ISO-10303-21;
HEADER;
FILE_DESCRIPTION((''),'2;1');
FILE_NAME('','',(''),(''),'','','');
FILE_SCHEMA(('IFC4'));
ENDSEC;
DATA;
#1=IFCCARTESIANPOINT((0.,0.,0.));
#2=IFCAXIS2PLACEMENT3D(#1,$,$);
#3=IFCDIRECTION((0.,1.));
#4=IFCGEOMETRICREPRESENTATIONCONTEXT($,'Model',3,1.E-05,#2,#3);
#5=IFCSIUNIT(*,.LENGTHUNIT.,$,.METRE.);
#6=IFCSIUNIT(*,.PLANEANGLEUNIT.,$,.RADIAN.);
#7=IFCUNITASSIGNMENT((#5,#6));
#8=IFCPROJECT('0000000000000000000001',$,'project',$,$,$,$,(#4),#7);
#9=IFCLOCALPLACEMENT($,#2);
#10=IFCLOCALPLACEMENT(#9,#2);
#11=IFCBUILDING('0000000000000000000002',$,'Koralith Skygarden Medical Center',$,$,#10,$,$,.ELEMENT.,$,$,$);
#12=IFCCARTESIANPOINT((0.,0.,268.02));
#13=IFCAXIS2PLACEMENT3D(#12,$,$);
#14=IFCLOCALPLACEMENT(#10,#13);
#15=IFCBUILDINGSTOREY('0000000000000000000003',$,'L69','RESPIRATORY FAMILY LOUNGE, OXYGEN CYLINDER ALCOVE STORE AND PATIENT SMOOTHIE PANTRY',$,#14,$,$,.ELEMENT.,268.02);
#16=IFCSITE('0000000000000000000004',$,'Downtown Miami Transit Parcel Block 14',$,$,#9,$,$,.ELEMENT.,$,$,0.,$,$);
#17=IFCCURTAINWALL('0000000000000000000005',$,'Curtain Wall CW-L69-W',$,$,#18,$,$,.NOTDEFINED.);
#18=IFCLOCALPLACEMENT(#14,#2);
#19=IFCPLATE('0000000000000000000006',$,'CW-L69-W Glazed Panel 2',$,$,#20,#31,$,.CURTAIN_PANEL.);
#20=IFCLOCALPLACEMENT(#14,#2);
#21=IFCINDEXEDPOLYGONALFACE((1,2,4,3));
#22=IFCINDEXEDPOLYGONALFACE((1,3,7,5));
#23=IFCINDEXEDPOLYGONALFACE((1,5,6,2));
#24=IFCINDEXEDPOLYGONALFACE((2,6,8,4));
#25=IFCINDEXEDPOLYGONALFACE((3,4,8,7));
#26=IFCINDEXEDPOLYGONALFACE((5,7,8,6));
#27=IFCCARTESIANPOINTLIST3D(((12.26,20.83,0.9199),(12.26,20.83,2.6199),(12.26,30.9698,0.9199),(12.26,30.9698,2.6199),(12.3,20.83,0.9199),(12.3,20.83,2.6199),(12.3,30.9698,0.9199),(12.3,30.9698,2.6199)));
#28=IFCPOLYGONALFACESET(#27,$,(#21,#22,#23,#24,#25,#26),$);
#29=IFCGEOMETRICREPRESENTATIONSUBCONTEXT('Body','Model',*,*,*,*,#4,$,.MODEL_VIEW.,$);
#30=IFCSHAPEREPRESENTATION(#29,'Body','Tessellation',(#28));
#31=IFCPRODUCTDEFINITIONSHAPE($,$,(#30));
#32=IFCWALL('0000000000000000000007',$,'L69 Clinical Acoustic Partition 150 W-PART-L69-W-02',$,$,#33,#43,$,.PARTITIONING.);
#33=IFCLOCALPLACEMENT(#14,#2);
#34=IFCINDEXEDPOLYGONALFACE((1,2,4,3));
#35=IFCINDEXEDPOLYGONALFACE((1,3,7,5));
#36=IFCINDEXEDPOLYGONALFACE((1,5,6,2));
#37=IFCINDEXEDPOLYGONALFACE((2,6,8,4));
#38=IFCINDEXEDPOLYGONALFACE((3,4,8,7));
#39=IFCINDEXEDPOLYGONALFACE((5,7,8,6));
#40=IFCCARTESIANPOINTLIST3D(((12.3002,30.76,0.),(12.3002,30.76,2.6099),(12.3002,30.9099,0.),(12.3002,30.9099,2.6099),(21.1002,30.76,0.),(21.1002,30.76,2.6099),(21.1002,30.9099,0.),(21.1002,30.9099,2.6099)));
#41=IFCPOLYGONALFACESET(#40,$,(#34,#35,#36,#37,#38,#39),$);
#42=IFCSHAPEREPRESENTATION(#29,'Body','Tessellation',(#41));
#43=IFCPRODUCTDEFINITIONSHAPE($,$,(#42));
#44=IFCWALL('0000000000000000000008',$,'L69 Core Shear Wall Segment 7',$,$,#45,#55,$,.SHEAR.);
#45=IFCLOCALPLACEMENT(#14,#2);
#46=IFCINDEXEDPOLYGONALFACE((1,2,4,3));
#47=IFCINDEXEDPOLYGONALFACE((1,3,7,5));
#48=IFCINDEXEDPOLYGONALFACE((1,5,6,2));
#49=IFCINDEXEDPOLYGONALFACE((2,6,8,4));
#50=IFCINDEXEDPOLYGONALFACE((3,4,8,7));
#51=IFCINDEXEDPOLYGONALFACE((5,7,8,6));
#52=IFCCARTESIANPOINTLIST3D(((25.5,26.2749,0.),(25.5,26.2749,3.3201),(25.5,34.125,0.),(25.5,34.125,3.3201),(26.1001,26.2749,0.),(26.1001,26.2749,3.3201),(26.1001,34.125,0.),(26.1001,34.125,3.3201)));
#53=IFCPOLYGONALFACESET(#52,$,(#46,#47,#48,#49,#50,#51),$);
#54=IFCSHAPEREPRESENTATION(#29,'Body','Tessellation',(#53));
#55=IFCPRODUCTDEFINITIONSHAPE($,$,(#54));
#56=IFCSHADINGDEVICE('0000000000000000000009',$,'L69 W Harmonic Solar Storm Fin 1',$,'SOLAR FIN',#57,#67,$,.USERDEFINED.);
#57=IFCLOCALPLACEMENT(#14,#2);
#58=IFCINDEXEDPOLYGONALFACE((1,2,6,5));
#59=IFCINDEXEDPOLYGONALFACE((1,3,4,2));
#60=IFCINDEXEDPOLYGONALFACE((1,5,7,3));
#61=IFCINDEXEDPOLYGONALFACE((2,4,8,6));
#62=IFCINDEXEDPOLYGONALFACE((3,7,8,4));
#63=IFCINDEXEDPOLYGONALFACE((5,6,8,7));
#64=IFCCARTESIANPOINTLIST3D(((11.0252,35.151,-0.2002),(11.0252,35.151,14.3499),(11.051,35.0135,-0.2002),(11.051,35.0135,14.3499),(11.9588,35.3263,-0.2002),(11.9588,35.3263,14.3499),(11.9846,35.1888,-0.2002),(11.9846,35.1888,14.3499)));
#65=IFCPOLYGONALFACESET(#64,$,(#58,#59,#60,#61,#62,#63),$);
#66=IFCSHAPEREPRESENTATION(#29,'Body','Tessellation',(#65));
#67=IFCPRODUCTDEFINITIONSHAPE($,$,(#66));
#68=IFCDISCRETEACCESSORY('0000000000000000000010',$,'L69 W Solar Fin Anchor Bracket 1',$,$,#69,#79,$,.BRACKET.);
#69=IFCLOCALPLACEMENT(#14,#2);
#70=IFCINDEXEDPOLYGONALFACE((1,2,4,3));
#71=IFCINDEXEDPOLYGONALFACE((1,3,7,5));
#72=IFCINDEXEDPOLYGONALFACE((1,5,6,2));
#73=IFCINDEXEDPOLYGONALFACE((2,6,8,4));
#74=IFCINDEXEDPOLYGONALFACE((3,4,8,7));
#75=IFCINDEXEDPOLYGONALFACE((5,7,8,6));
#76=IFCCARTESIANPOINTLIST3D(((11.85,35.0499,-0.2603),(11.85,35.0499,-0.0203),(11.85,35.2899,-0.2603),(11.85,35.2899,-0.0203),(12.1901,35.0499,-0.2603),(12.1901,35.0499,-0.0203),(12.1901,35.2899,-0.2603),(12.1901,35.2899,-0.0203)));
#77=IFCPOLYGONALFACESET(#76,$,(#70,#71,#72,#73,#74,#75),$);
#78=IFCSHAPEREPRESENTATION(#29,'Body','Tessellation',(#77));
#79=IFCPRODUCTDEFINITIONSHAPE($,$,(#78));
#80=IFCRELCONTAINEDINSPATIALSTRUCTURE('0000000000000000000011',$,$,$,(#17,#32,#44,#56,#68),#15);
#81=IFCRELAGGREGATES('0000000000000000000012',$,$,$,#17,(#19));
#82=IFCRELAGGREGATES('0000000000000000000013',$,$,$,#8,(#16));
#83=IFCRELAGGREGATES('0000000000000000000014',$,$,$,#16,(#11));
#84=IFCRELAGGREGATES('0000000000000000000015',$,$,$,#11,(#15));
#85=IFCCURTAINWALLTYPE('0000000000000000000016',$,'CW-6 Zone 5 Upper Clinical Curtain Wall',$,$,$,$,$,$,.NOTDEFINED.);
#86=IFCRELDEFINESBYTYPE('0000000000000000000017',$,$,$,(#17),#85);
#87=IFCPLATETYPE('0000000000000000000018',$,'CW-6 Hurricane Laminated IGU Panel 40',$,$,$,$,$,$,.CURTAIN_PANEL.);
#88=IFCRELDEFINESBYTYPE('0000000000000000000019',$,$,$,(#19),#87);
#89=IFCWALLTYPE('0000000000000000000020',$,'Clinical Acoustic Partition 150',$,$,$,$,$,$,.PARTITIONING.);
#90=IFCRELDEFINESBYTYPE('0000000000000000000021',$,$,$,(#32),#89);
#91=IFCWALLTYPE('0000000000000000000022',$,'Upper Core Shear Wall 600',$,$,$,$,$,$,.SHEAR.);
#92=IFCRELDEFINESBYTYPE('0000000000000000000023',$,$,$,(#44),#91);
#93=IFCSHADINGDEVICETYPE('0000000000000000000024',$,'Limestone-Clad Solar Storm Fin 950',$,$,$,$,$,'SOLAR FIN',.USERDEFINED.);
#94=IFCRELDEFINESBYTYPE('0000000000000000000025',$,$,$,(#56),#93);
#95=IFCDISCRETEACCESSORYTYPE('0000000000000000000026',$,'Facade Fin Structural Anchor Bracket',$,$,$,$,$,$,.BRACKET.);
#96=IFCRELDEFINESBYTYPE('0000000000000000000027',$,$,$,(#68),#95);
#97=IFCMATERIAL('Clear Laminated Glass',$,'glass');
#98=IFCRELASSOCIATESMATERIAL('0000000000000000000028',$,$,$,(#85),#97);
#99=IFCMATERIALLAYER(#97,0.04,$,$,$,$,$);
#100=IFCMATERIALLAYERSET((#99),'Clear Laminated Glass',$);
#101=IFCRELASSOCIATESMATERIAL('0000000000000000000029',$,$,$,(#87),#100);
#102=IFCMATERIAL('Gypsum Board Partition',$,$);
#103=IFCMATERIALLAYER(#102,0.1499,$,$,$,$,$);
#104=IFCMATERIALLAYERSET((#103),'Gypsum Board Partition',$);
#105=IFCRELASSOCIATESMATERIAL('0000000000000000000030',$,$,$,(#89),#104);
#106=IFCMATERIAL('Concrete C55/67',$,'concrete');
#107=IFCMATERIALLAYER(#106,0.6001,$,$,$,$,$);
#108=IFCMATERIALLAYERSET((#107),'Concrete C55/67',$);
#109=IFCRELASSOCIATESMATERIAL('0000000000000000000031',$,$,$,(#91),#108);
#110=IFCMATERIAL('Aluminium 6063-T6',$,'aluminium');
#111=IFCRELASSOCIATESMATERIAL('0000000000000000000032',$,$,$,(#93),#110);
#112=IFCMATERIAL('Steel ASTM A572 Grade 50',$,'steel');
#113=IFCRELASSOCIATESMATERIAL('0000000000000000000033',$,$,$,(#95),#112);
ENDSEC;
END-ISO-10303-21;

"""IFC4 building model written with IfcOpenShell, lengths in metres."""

from ifc_helpers import new_model, si_unit, direction, frame, frame_2d, origin, origin_2d, place, context, subcontext, project, spatial, rectangle, extrude, material, layer, layer_set, type_object, element, aggregate, save


model = new_model("IFC4")

# Units and contexts
model_context = context("Model", 3, precision=1e-05, world=origin(), true_north=direction((0.0, 1.0)))
body_context = subcontext(model_context, "Body", "Model", "MODEL_VIEW")
ifc_project = project(units=[si_unit("LENGTHUNIT", "METRE"), si_unit("PLANEANGLEUNIT", "RADIAN")], contexts=[model_context])

# Site, building, storey
site_placement = place(None, origin())
site = spatial("IfcSite", under=ifc_project, at=site_placement, Name="Downtown Miami Transit Parcel Block 14", CompositionType="ELEMENT", RefElevation=0.0)
building_placement = place(site_placement, origin())
building = spatial("IfcBuilding", under=site, at=building_placement, Name="Koralith Skygarden Medical Center", CompositionType="ELEMENT")
storey_placement = place(building_placement, frame((0.0, 0.0, 268.02)))
storey = spatial("IfcBuildingStorey", under=building, at=storey_placement, Name="L69", Description="RESPIRATORY FAMILY LOUNGE, OXYGEN CYLINDER ALCOVE STORE AND PATIENT SMOOTHIE PANTRY", CompositionType="ELEMENT", Elevation=268.02)

# Shared definitions
ifc_material_1 = material(Name="Concrete C55/67", Category="concrete")

# Curtain wall
ifc_material_2 = material(Name="Clear Laminated Glass", Category="glass")
curtain_wall_type = type_object("IfcCurtainWallType", Name="CW-6 Zone 5 Upper Clinical Curtain Wall", PredefinedType="NOTDEFINED", material=ifc_material_2)
curtain_wall_placement = place(storey_placement, origin())
curtain_wall = element("IfcCurtainWall", 1, at=curtain_wall_placement, inside=storey, type_object=curtain_wall_type, Name="Curtain Wall CW-L69-W", PredefinedType="NOTDEFINED")
ifc_material_3 = material(Name="Aluminium 6063-T6", Category="aluminium")

# Plate
ifc_layer_1 = layer(ifc_material_2, 0.04)
ifc_layer_set_1 = layer_set([ifc_layer_1], Name="Clear Laminated Glass")
plate_type = type_object("IfcPlateType", Name="CW-6 Hurricane Laminated IGU Panel 40", PredefinedType="CURTAIN_PANEL", material=ifc_layer_set_1)
plate_1_placement = place(storey_placement, frame((12.28, 25.8999, 0.9199), z_axis=(0.0, 0.0, 1.0), x_axis=(0.0, -1.0, 0.0)))
plate_1 = element("IfcPlate", 2, at=plate_1_placement, type_object=plate_type, Name="CW-L69-W Glazed Panel 2", PredefinedType="CURTAIN_PANEL", context=body_context, shape_type="SweptSolid", body=[
    extrude(rectangle(XDim=10.1399, YDim=0.04, at=origin_2d()), origin(), (0.0, 0.0, 1.0), 1.7),
])
aggregate(curtain_wall, [plate_1])

# Wall
ifc_material_4 = material(Name="Gypsum Board Partition")
ifc_layer_2 = layer(ifc_material_4, 0.1499)
ifc_layer_set_2 = layer_set([ifc_layer_2], Name="Gypsum Board Partition")
wall_type_1 = type_object("IfcWallType", Name="Clinical Acoustic Partition 150", PredefinedType="PARTITIONING", material=ifc_layer_set_2)
wall_1_placement = place(storey_placement, frame((21.1001, 30.835, 0.0), z_axis=(0.0, 0.0, 1.0), x_axis=(-1.0, 0.0, 0.0)))
element("IfcWall", 3, at=wall_1_placement, inside=storey, type_object=wall_type_1, Name="L69 Clinical Acoustic Partition 150 W-PART-L69-W-02", PredefinedType="PARTITIONING", context=body_context, shape_type="SweptSolid", body=[
    extrude(rectangle(XDim=8.8, YDim=0.1499, at=frame_2d((4.3999, 0.0))), origin(), (0.0, 0.0, 1.0), 2.6099),
])

# Wall
ifc_layer_3 = layer(ifc_material_1, 0.6001)
ifc_layer_set_3 = layer_set([ifc_layer_3], Name="Concrete C55/67")
wall_type_2 = type_object("IfcWallType", Name="Upper Core Shear Wall 600", PredefinedType="SHEAR", material=ifc_layer_set_3)
wall_2_placement = place(storey_placement, frame((25.8, 34.125, 0.0), z_axis=(0.0, 0.0, 1.0), x_axis=(0.0, -1.0, 0.0)))
element("IfcWall", 4, at=wall_2_placement, inside=storey, type_object=wall_type_2, Name="L69 Core Shear Wall Segment 7", PredefinedType="SHEAR", context=body_context, shape_type="SweptSolid", body=[
    extrude(rectangle(XDim=7.8501, YDim=0.6001, at=frame_2d((3.925, 0.0))), origin(), (0.0, 0.0, 1.0), 3.3201),
])

# Shading device
shading_device_type = type_object("IfcShadingDeviceType", Name="Limestone-Clad Solar Storm Fin 950", ElementType="SOLAR FIN", PredefinedType="USERDEFINED", material=ifc_material_3)
shading_device_placement = place(storey_placement, frame((11.5049, 35.1699, -0.2002), z_axis=(0.0, 0.0, 1.0), x_axis=(-0.982823, -0.184552, 0.0)))
element("IfcShadingDevice", 5, at=shading_device_placement, inside=storey, type_object=shading_device_type, Name="L69 W Harmonic Solar Storm Fin 1", ObjectType="SOLAR FIN", PredefinedType="USERDEFINED", context=body_context, shape_type="SweptSolid", body=[
    extrude(rectangle(XDim=0.95, YDim=0.1399, at=origin_2d()), origin(), (0.0, 0.0, 1.0), 14.55),
])

# Discrete accessory
ifc_material_5 = material(Name="Steel ASTM A572 Grade 50", Category="steel")
discrete_accessory_type = type_object("IfcDiscreteAccessoryType", Name="Facade Fin Structural Anchor Bracket", PredefinedType="BRACKET", material=ifc_material_5)
discrete_accessory_placement = place(storey_placement, frame((12.02, 35.1699, -0.2603), z_axis=(0.0, 0.0, 1.0), x_axis=(-1.0, 0.0, 0.0)))
element("IfcDiscreteAccessory", 6, at=discrete_accessory_placement, inside=storey, type_object=discrete_accessory_type, Name="L69 W Solar Fin Anchor Bracket 1", PredefinedType="BRACKET", context=body_context, shape_type="SweptSolid", body=[
    extrude(rectangle(XDim=0.3401, YDim=0.24, at=origin_2d()), origin(), (0.0, 0.0, 1.0), 0.24),
])

save(model, "model.ifc")
